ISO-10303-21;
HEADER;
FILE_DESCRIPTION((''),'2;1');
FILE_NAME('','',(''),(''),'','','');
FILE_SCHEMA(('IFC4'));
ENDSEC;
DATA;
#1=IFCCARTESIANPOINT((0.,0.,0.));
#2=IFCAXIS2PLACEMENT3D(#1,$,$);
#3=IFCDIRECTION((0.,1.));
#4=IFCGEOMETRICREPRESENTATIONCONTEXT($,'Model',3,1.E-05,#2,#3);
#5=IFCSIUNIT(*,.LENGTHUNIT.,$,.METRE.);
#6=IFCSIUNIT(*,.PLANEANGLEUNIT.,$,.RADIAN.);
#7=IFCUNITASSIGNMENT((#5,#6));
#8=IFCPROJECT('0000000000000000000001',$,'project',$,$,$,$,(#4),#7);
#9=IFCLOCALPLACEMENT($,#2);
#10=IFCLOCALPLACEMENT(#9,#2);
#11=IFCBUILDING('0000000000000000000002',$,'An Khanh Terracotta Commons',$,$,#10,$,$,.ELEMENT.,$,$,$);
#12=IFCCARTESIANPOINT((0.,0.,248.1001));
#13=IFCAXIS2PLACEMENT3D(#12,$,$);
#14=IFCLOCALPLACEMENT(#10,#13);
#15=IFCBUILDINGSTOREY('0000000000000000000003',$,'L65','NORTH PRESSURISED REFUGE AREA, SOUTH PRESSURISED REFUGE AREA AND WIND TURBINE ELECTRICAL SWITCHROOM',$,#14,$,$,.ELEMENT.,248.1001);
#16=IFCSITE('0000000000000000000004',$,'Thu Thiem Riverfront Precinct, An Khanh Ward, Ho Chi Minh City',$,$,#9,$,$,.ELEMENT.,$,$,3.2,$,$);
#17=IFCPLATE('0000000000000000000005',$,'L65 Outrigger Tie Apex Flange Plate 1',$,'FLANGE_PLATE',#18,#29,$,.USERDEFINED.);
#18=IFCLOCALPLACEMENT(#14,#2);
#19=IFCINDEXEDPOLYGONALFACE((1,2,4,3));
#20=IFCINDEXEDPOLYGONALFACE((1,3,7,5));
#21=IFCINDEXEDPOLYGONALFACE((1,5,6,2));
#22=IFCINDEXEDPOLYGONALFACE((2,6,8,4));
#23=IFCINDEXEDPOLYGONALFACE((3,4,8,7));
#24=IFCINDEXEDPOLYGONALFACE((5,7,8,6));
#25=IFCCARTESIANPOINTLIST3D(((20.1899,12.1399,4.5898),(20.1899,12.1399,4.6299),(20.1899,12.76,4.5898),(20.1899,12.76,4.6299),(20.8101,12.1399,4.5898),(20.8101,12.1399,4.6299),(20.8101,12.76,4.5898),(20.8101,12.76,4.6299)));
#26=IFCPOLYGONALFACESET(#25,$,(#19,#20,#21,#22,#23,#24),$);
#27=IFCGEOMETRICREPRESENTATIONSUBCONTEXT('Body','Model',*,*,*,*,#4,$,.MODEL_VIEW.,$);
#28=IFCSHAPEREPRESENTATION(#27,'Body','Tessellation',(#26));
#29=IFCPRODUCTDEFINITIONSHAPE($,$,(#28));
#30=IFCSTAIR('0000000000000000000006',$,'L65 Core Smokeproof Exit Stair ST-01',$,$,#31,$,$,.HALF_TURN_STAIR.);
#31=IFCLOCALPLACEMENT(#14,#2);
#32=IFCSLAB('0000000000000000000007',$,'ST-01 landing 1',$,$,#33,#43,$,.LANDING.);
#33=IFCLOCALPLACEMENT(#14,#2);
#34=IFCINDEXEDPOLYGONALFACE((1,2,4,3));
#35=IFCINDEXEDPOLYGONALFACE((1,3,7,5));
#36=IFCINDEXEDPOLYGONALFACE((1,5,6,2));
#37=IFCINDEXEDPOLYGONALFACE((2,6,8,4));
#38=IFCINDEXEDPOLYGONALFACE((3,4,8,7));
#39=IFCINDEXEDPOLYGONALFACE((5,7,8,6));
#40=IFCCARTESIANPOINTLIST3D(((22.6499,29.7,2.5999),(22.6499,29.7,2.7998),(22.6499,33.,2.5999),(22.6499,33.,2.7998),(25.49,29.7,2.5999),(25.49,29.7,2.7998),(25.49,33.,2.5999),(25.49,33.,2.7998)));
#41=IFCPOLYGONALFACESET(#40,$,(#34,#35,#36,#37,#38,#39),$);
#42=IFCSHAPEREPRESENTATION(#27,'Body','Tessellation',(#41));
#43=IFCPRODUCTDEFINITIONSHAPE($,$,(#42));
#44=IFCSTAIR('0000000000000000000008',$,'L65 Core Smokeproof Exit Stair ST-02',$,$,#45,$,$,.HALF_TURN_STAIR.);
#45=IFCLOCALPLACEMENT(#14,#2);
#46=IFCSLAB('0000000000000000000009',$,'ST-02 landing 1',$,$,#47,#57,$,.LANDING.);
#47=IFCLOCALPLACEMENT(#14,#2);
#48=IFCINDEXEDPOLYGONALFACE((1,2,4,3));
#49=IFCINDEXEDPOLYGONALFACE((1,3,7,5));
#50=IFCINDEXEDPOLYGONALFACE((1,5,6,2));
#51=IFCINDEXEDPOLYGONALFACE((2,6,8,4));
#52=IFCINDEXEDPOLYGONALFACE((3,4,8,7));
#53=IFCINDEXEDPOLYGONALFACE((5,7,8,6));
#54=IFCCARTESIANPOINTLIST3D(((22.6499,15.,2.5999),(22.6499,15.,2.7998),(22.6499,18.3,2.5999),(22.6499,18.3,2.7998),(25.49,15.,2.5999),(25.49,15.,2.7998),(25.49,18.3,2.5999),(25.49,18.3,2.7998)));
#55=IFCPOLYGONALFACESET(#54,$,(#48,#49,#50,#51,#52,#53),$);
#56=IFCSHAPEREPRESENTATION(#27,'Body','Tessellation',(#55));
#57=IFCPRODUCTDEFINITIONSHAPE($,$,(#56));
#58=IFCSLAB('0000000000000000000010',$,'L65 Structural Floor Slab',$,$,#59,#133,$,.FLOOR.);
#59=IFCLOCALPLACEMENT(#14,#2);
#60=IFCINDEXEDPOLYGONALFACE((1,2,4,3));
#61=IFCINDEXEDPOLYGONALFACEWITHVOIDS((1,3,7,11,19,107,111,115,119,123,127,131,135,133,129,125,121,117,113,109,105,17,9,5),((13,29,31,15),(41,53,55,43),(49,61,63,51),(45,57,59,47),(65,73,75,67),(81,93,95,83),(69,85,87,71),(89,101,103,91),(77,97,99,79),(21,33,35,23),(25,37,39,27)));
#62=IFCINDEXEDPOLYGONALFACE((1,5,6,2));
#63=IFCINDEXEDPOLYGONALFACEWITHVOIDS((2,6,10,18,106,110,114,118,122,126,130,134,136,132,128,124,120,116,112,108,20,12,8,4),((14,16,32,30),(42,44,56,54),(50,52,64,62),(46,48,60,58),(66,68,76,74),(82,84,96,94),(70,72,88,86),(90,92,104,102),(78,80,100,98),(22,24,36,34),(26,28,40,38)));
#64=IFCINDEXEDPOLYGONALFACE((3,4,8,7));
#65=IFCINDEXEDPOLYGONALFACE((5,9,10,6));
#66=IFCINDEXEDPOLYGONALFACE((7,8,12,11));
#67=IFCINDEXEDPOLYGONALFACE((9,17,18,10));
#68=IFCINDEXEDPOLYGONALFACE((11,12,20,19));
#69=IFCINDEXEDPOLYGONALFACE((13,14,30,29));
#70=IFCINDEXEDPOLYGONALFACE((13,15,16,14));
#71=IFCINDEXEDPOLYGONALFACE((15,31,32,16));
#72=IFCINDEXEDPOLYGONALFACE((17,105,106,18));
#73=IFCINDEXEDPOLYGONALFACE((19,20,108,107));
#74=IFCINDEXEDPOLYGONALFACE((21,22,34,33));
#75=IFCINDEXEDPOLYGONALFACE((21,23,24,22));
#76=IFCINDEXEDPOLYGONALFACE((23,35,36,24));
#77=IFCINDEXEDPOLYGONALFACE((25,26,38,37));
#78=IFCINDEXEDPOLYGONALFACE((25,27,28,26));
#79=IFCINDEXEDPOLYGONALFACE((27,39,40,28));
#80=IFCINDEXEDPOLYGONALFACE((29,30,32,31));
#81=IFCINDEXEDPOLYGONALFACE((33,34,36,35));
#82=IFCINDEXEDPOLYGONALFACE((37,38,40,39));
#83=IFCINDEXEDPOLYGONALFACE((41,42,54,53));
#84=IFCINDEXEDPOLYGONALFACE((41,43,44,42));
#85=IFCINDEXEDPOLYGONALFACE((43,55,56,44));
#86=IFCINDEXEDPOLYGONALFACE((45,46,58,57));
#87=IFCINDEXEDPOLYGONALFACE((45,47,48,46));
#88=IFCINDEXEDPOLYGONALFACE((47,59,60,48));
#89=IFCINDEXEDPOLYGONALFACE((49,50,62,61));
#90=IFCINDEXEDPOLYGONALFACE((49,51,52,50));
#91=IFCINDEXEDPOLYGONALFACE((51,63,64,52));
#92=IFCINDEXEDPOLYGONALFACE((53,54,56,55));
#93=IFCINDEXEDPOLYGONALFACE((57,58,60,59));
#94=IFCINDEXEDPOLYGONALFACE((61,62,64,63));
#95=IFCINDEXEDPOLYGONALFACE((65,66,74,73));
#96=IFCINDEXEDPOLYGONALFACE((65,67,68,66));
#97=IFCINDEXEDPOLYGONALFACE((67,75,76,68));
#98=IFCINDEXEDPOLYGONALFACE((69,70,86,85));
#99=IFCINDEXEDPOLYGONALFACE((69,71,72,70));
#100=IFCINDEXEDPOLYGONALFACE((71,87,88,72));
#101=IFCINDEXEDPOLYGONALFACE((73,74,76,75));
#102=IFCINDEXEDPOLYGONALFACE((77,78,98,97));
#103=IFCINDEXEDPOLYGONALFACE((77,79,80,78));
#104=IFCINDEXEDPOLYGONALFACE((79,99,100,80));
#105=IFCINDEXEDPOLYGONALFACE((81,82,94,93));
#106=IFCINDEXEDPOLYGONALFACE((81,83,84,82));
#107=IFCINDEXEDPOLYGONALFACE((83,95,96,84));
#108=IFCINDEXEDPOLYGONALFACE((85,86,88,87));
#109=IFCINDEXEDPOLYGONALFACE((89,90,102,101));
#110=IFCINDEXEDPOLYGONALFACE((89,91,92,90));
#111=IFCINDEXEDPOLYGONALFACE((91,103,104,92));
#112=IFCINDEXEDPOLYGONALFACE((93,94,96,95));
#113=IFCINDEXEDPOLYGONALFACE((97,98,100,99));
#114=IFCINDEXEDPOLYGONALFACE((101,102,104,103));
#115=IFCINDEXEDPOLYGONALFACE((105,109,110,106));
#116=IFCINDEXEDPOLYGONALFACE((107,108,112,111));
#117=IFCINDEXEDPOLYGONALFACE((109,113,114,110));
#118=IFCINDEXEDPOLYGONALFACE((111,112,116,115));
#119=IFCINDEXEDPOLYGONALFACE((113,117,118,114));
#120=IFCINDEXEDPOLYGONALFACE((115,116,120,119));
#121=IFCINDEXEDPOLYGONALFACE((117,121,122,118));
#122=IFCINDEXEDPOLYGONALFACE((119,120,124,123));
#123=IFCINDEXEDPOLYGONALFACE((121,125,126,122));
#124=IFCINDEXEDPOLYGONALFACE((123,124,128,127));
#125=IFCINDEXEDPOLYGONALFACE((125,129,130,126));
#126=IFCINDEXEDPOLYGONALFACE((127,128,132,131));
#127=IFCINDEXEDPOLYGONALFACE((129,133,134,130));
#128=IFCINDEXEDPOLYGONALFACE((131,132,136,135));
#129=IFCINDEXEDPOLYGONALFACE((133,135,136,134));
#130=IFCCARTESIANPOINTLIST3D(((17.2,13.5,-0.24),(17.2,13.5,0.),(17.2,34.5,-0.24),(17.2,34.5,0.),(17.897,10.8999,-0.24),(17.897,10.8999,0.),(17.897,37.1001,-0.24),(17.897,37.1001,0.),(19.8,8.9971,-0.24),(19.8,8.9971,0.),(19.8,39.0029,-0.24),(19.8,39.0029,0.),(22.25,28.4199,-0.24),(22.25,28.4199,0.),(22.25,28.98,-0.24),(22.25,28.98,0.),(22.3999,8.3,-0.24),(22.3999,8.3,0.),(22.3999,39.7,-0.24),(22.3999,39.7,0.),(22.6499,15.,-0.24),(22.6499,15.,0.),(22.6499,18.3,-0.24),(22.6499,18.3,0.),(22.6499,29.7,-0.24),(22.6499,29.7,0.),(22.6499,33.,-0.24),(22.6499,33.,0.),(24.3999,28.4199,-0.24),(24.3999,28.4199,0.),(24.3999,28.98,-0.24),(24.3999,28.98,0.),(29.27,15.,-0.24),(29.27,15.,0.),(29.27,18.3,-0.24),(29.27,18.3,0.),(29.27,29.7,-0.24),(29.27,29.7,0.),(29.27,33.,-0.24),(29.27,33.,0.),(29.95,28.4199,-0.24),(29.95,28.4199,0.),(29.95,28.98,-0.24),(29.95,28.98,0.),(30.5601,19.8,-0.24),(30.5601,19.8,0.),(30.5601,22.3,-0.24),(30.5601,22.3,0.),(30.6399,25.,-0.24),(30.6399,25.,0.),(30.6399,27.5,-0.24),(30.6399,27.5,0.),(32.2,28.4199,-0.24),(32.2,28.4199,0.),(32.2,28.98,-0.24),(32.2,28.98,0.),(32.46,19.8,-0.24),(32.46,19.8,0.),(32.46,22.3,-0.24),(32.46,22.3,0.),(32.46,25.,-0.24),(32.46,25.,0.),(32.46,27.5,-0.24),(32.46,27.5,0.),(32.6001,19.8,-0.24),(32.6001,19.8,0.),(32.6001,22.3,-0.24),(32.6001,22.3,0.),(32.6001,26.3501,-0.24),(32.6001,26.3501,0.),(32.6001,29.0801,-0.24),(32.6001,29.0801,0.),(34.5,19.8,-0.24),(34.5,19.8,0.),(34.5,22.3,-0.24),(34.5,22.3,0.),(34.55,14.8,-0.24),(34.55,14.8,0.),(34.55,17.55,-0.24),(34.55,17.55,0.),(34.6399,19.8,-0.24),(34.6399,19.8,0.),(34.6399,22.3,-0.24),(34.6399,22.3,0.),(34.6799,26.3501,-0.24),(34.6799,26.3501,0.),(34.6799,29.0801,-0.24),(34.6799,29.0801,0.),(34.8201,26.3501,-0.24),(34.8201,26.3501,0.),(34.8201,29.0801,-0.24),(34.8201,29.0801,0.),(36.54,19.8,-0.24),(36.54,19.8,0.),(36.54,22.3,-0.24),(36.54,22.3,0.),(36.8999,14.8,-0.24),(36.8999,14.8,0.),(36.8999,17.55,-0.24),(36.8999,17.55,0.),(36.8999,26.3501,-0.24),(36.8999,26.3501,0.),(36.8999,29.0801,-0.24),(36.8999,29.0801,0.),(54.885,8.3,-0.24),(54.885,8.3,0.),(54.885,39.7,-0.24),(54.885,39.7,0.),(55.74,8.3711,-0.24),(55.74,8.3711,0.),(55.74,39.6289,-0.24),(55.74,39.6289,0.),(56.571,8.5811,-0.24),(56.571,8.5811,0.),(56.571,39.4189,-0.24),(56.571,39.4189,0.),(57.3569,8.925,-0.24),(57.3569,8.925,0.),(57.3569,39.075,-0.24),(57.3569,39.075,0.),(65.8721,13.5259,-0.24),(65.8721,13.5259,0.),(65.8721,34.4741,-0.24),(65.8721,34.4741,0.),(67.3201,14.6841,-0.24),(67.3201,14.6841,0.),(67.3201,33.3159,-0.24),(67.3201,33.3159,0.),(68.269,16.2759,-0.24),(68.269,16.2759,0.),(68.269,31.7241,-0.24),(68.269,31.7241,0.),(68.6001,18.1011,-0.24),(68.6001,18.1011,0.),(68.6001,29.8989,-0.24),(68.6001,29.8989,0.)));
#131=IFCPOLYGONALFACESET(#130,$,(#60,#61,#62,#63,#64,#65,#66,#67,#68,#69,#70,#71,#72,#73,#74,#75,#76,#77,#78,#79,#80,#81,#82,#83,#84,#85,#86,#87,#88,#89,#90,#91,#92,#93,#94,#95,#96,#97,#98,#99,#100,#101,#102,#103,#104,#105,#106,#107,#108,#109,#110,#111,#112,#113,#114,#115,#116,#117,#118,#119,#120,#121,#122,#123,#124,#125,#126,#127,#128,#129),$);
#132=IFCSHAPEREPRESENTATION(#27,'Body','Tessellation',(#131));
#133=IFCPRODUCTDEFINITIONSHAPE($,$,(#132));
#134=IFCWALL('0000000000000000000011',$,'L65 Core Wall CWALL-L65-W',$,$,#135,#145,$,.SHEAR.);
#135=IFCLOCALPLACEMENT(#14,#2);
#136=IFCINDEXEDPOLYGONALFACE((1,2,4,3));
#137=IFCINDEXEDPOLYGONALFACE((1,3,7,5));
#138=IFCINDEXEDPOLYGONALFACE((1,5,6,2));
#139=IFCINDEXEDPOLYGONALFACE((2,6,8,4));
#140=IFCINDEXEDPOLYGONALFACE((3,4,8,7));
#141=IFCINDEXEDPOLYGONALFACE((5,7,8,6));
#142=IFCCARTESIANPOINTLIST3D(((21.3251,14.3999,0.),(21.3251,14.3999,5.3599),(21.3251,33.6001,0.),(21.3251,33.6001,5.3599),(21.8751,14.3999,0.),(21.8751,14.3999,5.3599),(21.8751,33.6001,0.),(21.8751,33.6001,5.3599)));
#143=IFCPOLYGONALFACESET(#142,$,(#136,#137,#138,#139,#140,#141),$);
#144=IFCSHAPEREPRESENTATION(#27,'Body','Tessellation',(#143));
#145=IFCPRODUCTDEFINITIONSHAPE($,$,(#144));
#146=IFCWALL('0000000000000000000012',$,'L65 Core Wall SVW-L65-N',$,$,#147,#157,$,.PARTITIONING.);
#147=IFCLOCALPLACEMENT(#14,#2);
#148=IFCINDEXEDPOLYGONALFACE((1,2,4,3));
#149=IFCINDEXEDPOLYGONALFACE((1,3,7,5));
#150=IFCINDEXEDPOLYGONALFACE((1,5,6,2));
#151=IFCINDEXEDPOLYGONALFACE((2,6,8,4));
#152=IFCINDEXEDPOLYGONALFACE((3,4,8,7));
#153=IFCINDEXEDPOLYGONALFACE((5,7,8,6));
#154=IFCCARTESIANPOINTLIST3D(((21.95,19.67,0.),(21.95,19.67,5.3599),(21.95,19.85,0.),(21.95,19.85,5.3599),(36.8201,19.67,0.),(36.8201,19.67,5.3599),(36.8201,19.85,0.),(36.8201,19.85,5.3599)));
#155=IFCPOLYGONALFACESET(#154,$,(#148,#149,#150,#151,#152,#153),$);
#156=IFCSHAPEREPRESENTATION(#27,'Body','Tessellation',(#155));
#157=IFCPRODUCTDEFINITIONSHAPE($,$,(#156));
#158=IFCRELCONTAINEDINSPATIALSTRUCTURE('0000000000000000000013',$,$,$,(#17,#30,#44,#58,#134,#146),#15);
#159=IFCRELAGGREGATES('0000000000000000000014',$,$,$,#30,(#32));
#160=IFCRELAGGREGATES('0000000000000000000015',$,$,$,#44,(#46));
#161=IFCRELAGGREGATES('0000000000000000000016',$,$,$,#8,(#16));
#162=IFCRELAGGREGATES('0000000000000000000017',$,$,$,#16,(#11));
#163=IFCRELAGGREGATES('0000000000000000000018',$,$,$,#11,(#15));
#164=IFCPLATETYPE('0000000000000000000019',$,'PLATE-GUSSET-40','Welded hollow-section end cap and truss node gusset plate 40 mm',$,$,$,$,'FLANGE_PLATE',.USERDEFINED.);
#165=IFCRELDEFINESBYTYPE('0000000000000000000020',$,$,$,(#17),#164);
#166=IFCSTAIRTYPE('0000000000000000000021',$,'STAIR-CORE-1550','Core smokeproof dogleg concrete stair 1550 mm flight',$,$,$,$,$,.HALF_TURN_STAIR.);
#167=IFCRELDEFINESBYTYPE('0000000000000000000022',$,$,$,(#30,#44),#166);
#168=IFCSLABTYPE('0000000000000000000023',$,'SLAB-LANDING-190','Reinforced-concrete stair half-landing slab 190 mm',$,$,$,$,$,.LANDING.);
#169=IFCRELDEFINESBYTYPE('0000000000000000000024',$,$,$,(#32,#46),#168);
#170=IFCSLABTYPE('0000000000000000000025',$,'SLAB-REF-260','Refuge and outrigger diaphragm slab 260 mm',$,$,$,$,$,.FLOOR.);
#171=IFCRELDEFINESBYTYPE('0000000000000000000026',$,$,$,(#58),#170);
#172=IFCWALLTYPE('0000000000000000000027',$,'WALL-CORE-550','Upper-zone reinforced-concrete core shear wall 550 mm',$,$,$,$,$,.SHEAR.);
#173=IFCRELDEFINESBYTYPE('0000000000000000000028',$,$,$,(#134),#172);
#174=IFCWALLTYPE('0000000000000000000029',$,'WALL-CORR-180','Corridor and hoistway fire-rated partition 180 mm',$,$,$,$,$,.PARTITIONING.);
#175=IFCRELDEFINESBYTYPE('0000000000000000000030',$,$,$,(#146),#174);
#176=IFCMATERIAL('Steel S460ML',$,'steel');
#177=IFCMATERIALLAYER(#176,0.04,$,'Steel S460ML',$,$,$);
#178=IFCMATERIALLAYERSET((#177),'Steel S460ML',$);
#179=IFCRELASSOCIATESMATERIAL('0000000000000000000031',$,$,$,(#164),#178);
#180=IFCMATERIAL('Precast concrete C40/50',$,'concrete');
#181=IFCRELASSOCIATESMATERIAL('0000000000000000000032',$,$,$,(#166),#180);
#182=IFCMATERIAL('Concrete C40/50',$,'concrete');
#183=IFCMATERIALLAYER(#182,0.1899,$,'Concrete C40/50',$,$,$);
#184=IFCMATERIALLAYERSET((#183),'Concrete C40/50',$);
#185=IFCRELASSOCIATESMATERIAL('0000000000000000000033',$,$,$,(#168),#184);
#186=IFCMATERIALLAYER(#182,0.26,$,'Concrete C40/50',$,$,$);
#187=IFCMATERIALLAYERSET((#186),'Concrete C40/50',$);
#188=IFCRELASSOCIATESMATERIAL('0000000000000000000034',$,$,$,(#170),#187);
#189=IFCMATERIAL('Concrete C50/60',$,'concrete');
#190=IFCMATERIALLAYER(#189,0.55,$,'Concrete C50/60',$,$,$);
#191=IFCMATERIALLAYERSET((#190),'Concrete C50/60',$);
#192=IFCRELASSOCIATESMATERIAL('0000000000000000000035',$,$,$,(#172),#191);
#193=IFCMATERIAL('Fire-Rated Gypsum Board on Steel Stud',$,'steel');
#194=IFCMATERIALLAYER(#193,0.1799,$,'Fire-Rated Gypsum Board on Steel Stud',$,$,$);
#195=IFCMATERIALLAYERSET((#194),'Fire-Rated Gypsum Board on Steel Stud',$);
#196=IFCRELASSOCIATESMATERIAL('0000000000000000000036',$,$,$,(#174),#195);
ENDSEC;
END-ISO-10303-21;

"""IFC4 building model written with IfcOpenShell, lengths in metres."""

from ifc_helpers import new_model, si_unit, direction, frame, frame_2d, origin, origin_2d, place, context, subcontext, project, spatial, polyline, rectangle, outline, extrude, material, layer, layer_set, type_object, element, aggregate, save


model = new_model("IFC4")

# Units and contexts
model_context = context("Model", 3, precision=1e-05, world=origin(), true_north=direction((0.0, 1.0)))
body_context = subcontext(model_context, "Body", "Model", "MODEL_VIEW")
ifc_project = project(units=[si_unit("LENGTHUNIT", "METRE"), si_unit("PLANEANGLEUNIT", "RADIAN")], contexts=[model_context])

# Site, building, storey
site_placement = place(None, origin())
site = spatial("IfcSite", under=ifc_project, at=site_placement, Name="Thu Thiem Riverfront Precinct, An Khanh Ward, Ho Chi Minh City", CompositionType="ELEMENT", RefElevation=3.2)
building_placement = place(site_placement, origin())
building = spatial("IfcBuilding", under=site, at=building_placement, Name="An Khanh Terracotta Commons", CompositionType="ELEMENT")
storey_placement = place(building_placement, frame((0.0, 0.0, 248.1001)))
storey = spatial("IfcBuildingStorey", under=building, at=storey_placement, Name="L65", Description="NORTH PRESSURISED REFUGE AREA, SOUTH PRESSURISED REFUGE AREA AND WIND TURBINE ELECTRICAL SWITCHROOM", CompositionType="ELEMENT", Elevation=248.1001)

# Shared definitions
ifc_material_1 = material(Name="Steel S460ML", Category="steel")

# Plate
ifc_layer_1 = layer(ifc_material_1, 0.04, Name="Steel S460ML")
ifc_layer_set_1 = layer_set([ifc_layer_1], Name="Steel S460ML")
plate_type = type_object("IfcPlateType", Name="PLATE-GUSSET-40", Description="Welded hollow-section end cap and truss node gusset plate 40 mm", ElementType="FLANGE_PLATE", PredefinedType="USERDEFINED", material=ifc_layer_set_1)
plate_placement = place(storey_placement, frame((20.5, 12.45, 4.5898), z_axis=(0.0, 0.0, 1.0), x_axis=(1.0, 0.0, 0.0)))
element("IfcPlate", 1, at=plate_placement, inside=storey, type_object=plate_type, Name="L65 Outrigger Tie Apex Flange Plate 1", ObjectType="FLANGE_PLATE", PredefinedType="USERDEFINED", context=body_context, shape_type="SweptSolid", body=[
    extrude(rectangle(XDim=0.6201, YDim=0.6201, at=origin_2d()), origin(), (0.0, 0.0, 1.0), 0.04),
])

# Stairs, slabs
ifc_material_2 = material(Name="Precast concrete C40/50", Category="concrete")
stair_type = type_object("IfcStairType", Name="STAIR-CORE-1550", Description="Core smokeproof dogleg concrete stair 1550 mm flight", PredefinedType="HALF_TURN_STAIR", material=ifc_material_2)
stair_1_placement = place(storey_placement, origin())
stair_1 = element("IfcStair", 2, at=stair_1_placement, inside=storey, type_object=stair_type, Name="L65 Core Smokeproof Exit Stair ST-01", PredefinedType="HALF_TURN_STAIR")
ifc_material_3 = material(Name="Concrete C40/50", Category="concrete")
ifc_layer_2 = layer(ifc_material_3, 0.1899, Name="Concrete C40/50")
ifc_layer_set_2 = layer_set([ifc_layer_2], Name="Concrete C40/50")
slab_type_1 = type_object("IfcSlabType", Name="SLAB-LANDING-190", Description="Reinforced-concrete stair half-landing slab 190 mm", PredefinedType="LANDING", material=ifc_layer_set_2)
slab_1_placement = place(storey_placement, frame((0.0, 0.0, 2.5999)))
slab_1 = element("IfcSlab", 3, at=slab_1_placement, type_object=slab_type_1, Name="ST-01 landing 1", PredefinedType="LANDING", context=body_context, shape_type="SweptSolid", body=[
    extrude(outline(polyline([(25.49, 33.0), (22.6499, 33.0), (22.6499, 29.7), (25.49, 29.7), (25.49, 33.0)])), origin(), (0.0, 0.0, 1.0), 0.2),
])
aggregate(stair_1, [slab_1])
stair_2_placement = place(storey_placement, origin())
stair_2 = element("IfcStair", 4, at=stair_2_placement, inside=storey, type_object=stair_type, Name="L65 Core Smokeproof Exit Stair ST-02", PredefinedType="HALF_TURN_STAIR")
slab_2_placement = place(storey_placement, frame((0.0, 0.0, 2.5999)))
slab_2 = element("IfcSlab", 5, at=slab_2_placement, type_object=slab_type_1, Name="ST-02 landing 1", PredefinedType="LANDING", context=body_context, shape_type="SweptSolid", body=[
    extrude(outline(polyline([(25.49, 18.3), (22.6499, 18.3), (22.6499, 15.0), (25.49, 15.0), (25.49, 18.3)])), origin(), (0.0, 0.0, 1.0), 0.2),
])
aggregate(stair_2, [slab_2])

# Slab
ifc_layer_3 = layer(ifc_material_3, 0.26, Name="Concrete C40/50")
ifc_layer_set_3 = layer_set([ifc_layer_3], Name="Concrete C40/50")
slab_type_2 = type_object("IfcSlabType", Name="SLAB-REF-260", Description="Refuge and outrigger diaphragm slab 260 mm", PredefinedType="FLOOR", material=ifc_layer_set_3)
slab_3_placement = place(storey_placement, frame((0.0, 0.0, -0.24)))
element("IfcSlab", 6, at=slab_3_placement, inside=storey, type_object=slab_type_2, Name="L65 Structural Floor Slab", PredefinedType="FLOOR", context=body_context, shape_type="SweptSolid", body=[
    extrude(outline(polyline([(17.2, 13.5), (17.897, 10.8999), (19.8, 8.9971), (22.3999, 8.3), (54.885, 8.3), (55.74, 8.3711), (56.571, 8.5811), (57.3569, 8.925), (65.8721, 13.5259), (67.3201, 14.6841), (68.269, 16.2759), (68.6001, 18.1011), (68.6001, 29.8989), (68.269, 31.7241), (67.3201, 33.3159), (65.8721, 34.4741), (57.3569, 39.075), (56.571, 39.4189), (55.74, 39.6289), (54.885, 39.7), (22.3999, 39.7), (19.8, 39.0029), (17.897, 37.1001), (17.2, 34.5), (17.2, 13.5)]), holes=[polyline([(22.6499, 29.7), (29.27, 29.7), (29.27, 33.0), (22.6499, 33.0), (22.6499, 29.7)]), polyline([(22.6499, 15.0), (29.27, 15.0), (29.27, 18.3), (22.6499, 18.3), (22.6499, 15.0)]), polyline([(32.6001, 26.3501), (34.6799, 26.3501), (34.6799, 29.0801), (32.6001, 29.0801), (32.6001, 26.3501)]), polyline([(34.8201, 26.3501), (36.8999, 26.3501), (36.8999, 29.0801), (34.8201, 29.0801), (34.8201, 26.3501)]), polyline([(34.55, 14.8), (36.8999, 14.8), (36.8999, 17.55), (34.55, 17.55), (34.55, 14.8)]), polyline([(30.6399, 25.0), (32.46, 25.0), (32.46, 27.5), (30.6399, 27.5), (30.6399, 25.0)]), polyline([(30.5601, 19.8), (32.46, 19.8), (32.46, 22.3), (30.5601, 22.3), (30.5601, 19.8)]), polyline([(32.6001, 19.8), (34.5, 19.8), (34.5, 22.3), (32.6001, 22.3), (32.6001, 19.8)]), polyline([(34.6399, 19.8), (36.54, 19.8), (36.54, 22.3), (34.6399, 22.3), (34.6399, 19.8)]), polyline([(22.25, 28.4199), (24.3999, 28.4199), (24.3999, 28.98), (22.25, 28.98), (22.25, 28.4199)]), polyline([(29.95, 28.4199), (32.2, 28.4199), (32.2, 28.98), (29.95, 28.98), (29.95, 28.4199)])]), origin(), (0.0, 0.0, 1.0), 0.24),
])

# Walls
ifc_material_4 = material(Name="Concrete C50/60", Category="concrete")
ifc_layer_4 = layer(ifc_material_4, 0.55, Name="Concrete C50/60")
ifc_layer_set_4 = layer_set([ifc_layer_4], Name="Concrete C50/60")
wall_type_1 = type_object("IfcWallType", Name="WALL-CORE-550", Description="Upper-zone reinforced-concrete core shear wall 550 mm", PredefinedType="SHEAR", material=ifc_layer_set_4)
wall_1_placement = place(storey_placement, frame((21.6001, 14.3999, 0.0), z_axis=(0.0, 0.0, 1.0), x_axis=(0.0, 1.0, 0.0)))
element("IfcWall", 7, at=wall_1_placement, inside=storey, type_object=wall_type_1, Name="L65 Core Wall CWALL-L65-W", PredefinedType="SHEAR", context=body_context, shape_type="SweptSolid", body=[
    extrude(rectangle(XDim=19.2002, YDim=0.55, at=frame_2d((9.6001, 0.0))), origin(), (0.0, 0.0, 1.0), 5.3599),
])
ifc_material_5 = material(Name="Fire-Rated Gypsum Board on Steel Stud", Category="steel")
ifc_layer_5 = layer(ifc_material_5, 0.1799, Name="Fire-Rated Gypsum Board on Steel Stud")
ifc_layer_set_5 = layer_set([ifc_layer_5], Name="Fire-Rated Gypsum Board on Steel Stud")
wall_type_2 = type_object("IfcWallType", Name="WALL-CORR-180", Description="Corridor and hoistway fire-rated partition 180 mm", PredefinedType="PARTITIONING", material=ifc_layer_set_5)
wall_2_placement = place(storey_placement, frame((21.95, 19.76, 0.0), z_axis=(0.0, 0.0, 1.0), x_axis=(1.0, 0.0, 0.0)))
element("IfcWall", 8, at=wall_2_placement, inside=storey, type_object=wall_type_2, Name="L65 Core Wall SVW-L65-N", PredefinedType="PARTITIONING", context=body_context, shape_type="SweptSolid", body=[
    extrude(rectangle(XDim=14.8701, YDim=0.1799, at=frame_2d((7.4351, 0.0))), origin(), (0.0, 0.0, 1.0), 5.3599),
])

save(model, "model.ifc")
